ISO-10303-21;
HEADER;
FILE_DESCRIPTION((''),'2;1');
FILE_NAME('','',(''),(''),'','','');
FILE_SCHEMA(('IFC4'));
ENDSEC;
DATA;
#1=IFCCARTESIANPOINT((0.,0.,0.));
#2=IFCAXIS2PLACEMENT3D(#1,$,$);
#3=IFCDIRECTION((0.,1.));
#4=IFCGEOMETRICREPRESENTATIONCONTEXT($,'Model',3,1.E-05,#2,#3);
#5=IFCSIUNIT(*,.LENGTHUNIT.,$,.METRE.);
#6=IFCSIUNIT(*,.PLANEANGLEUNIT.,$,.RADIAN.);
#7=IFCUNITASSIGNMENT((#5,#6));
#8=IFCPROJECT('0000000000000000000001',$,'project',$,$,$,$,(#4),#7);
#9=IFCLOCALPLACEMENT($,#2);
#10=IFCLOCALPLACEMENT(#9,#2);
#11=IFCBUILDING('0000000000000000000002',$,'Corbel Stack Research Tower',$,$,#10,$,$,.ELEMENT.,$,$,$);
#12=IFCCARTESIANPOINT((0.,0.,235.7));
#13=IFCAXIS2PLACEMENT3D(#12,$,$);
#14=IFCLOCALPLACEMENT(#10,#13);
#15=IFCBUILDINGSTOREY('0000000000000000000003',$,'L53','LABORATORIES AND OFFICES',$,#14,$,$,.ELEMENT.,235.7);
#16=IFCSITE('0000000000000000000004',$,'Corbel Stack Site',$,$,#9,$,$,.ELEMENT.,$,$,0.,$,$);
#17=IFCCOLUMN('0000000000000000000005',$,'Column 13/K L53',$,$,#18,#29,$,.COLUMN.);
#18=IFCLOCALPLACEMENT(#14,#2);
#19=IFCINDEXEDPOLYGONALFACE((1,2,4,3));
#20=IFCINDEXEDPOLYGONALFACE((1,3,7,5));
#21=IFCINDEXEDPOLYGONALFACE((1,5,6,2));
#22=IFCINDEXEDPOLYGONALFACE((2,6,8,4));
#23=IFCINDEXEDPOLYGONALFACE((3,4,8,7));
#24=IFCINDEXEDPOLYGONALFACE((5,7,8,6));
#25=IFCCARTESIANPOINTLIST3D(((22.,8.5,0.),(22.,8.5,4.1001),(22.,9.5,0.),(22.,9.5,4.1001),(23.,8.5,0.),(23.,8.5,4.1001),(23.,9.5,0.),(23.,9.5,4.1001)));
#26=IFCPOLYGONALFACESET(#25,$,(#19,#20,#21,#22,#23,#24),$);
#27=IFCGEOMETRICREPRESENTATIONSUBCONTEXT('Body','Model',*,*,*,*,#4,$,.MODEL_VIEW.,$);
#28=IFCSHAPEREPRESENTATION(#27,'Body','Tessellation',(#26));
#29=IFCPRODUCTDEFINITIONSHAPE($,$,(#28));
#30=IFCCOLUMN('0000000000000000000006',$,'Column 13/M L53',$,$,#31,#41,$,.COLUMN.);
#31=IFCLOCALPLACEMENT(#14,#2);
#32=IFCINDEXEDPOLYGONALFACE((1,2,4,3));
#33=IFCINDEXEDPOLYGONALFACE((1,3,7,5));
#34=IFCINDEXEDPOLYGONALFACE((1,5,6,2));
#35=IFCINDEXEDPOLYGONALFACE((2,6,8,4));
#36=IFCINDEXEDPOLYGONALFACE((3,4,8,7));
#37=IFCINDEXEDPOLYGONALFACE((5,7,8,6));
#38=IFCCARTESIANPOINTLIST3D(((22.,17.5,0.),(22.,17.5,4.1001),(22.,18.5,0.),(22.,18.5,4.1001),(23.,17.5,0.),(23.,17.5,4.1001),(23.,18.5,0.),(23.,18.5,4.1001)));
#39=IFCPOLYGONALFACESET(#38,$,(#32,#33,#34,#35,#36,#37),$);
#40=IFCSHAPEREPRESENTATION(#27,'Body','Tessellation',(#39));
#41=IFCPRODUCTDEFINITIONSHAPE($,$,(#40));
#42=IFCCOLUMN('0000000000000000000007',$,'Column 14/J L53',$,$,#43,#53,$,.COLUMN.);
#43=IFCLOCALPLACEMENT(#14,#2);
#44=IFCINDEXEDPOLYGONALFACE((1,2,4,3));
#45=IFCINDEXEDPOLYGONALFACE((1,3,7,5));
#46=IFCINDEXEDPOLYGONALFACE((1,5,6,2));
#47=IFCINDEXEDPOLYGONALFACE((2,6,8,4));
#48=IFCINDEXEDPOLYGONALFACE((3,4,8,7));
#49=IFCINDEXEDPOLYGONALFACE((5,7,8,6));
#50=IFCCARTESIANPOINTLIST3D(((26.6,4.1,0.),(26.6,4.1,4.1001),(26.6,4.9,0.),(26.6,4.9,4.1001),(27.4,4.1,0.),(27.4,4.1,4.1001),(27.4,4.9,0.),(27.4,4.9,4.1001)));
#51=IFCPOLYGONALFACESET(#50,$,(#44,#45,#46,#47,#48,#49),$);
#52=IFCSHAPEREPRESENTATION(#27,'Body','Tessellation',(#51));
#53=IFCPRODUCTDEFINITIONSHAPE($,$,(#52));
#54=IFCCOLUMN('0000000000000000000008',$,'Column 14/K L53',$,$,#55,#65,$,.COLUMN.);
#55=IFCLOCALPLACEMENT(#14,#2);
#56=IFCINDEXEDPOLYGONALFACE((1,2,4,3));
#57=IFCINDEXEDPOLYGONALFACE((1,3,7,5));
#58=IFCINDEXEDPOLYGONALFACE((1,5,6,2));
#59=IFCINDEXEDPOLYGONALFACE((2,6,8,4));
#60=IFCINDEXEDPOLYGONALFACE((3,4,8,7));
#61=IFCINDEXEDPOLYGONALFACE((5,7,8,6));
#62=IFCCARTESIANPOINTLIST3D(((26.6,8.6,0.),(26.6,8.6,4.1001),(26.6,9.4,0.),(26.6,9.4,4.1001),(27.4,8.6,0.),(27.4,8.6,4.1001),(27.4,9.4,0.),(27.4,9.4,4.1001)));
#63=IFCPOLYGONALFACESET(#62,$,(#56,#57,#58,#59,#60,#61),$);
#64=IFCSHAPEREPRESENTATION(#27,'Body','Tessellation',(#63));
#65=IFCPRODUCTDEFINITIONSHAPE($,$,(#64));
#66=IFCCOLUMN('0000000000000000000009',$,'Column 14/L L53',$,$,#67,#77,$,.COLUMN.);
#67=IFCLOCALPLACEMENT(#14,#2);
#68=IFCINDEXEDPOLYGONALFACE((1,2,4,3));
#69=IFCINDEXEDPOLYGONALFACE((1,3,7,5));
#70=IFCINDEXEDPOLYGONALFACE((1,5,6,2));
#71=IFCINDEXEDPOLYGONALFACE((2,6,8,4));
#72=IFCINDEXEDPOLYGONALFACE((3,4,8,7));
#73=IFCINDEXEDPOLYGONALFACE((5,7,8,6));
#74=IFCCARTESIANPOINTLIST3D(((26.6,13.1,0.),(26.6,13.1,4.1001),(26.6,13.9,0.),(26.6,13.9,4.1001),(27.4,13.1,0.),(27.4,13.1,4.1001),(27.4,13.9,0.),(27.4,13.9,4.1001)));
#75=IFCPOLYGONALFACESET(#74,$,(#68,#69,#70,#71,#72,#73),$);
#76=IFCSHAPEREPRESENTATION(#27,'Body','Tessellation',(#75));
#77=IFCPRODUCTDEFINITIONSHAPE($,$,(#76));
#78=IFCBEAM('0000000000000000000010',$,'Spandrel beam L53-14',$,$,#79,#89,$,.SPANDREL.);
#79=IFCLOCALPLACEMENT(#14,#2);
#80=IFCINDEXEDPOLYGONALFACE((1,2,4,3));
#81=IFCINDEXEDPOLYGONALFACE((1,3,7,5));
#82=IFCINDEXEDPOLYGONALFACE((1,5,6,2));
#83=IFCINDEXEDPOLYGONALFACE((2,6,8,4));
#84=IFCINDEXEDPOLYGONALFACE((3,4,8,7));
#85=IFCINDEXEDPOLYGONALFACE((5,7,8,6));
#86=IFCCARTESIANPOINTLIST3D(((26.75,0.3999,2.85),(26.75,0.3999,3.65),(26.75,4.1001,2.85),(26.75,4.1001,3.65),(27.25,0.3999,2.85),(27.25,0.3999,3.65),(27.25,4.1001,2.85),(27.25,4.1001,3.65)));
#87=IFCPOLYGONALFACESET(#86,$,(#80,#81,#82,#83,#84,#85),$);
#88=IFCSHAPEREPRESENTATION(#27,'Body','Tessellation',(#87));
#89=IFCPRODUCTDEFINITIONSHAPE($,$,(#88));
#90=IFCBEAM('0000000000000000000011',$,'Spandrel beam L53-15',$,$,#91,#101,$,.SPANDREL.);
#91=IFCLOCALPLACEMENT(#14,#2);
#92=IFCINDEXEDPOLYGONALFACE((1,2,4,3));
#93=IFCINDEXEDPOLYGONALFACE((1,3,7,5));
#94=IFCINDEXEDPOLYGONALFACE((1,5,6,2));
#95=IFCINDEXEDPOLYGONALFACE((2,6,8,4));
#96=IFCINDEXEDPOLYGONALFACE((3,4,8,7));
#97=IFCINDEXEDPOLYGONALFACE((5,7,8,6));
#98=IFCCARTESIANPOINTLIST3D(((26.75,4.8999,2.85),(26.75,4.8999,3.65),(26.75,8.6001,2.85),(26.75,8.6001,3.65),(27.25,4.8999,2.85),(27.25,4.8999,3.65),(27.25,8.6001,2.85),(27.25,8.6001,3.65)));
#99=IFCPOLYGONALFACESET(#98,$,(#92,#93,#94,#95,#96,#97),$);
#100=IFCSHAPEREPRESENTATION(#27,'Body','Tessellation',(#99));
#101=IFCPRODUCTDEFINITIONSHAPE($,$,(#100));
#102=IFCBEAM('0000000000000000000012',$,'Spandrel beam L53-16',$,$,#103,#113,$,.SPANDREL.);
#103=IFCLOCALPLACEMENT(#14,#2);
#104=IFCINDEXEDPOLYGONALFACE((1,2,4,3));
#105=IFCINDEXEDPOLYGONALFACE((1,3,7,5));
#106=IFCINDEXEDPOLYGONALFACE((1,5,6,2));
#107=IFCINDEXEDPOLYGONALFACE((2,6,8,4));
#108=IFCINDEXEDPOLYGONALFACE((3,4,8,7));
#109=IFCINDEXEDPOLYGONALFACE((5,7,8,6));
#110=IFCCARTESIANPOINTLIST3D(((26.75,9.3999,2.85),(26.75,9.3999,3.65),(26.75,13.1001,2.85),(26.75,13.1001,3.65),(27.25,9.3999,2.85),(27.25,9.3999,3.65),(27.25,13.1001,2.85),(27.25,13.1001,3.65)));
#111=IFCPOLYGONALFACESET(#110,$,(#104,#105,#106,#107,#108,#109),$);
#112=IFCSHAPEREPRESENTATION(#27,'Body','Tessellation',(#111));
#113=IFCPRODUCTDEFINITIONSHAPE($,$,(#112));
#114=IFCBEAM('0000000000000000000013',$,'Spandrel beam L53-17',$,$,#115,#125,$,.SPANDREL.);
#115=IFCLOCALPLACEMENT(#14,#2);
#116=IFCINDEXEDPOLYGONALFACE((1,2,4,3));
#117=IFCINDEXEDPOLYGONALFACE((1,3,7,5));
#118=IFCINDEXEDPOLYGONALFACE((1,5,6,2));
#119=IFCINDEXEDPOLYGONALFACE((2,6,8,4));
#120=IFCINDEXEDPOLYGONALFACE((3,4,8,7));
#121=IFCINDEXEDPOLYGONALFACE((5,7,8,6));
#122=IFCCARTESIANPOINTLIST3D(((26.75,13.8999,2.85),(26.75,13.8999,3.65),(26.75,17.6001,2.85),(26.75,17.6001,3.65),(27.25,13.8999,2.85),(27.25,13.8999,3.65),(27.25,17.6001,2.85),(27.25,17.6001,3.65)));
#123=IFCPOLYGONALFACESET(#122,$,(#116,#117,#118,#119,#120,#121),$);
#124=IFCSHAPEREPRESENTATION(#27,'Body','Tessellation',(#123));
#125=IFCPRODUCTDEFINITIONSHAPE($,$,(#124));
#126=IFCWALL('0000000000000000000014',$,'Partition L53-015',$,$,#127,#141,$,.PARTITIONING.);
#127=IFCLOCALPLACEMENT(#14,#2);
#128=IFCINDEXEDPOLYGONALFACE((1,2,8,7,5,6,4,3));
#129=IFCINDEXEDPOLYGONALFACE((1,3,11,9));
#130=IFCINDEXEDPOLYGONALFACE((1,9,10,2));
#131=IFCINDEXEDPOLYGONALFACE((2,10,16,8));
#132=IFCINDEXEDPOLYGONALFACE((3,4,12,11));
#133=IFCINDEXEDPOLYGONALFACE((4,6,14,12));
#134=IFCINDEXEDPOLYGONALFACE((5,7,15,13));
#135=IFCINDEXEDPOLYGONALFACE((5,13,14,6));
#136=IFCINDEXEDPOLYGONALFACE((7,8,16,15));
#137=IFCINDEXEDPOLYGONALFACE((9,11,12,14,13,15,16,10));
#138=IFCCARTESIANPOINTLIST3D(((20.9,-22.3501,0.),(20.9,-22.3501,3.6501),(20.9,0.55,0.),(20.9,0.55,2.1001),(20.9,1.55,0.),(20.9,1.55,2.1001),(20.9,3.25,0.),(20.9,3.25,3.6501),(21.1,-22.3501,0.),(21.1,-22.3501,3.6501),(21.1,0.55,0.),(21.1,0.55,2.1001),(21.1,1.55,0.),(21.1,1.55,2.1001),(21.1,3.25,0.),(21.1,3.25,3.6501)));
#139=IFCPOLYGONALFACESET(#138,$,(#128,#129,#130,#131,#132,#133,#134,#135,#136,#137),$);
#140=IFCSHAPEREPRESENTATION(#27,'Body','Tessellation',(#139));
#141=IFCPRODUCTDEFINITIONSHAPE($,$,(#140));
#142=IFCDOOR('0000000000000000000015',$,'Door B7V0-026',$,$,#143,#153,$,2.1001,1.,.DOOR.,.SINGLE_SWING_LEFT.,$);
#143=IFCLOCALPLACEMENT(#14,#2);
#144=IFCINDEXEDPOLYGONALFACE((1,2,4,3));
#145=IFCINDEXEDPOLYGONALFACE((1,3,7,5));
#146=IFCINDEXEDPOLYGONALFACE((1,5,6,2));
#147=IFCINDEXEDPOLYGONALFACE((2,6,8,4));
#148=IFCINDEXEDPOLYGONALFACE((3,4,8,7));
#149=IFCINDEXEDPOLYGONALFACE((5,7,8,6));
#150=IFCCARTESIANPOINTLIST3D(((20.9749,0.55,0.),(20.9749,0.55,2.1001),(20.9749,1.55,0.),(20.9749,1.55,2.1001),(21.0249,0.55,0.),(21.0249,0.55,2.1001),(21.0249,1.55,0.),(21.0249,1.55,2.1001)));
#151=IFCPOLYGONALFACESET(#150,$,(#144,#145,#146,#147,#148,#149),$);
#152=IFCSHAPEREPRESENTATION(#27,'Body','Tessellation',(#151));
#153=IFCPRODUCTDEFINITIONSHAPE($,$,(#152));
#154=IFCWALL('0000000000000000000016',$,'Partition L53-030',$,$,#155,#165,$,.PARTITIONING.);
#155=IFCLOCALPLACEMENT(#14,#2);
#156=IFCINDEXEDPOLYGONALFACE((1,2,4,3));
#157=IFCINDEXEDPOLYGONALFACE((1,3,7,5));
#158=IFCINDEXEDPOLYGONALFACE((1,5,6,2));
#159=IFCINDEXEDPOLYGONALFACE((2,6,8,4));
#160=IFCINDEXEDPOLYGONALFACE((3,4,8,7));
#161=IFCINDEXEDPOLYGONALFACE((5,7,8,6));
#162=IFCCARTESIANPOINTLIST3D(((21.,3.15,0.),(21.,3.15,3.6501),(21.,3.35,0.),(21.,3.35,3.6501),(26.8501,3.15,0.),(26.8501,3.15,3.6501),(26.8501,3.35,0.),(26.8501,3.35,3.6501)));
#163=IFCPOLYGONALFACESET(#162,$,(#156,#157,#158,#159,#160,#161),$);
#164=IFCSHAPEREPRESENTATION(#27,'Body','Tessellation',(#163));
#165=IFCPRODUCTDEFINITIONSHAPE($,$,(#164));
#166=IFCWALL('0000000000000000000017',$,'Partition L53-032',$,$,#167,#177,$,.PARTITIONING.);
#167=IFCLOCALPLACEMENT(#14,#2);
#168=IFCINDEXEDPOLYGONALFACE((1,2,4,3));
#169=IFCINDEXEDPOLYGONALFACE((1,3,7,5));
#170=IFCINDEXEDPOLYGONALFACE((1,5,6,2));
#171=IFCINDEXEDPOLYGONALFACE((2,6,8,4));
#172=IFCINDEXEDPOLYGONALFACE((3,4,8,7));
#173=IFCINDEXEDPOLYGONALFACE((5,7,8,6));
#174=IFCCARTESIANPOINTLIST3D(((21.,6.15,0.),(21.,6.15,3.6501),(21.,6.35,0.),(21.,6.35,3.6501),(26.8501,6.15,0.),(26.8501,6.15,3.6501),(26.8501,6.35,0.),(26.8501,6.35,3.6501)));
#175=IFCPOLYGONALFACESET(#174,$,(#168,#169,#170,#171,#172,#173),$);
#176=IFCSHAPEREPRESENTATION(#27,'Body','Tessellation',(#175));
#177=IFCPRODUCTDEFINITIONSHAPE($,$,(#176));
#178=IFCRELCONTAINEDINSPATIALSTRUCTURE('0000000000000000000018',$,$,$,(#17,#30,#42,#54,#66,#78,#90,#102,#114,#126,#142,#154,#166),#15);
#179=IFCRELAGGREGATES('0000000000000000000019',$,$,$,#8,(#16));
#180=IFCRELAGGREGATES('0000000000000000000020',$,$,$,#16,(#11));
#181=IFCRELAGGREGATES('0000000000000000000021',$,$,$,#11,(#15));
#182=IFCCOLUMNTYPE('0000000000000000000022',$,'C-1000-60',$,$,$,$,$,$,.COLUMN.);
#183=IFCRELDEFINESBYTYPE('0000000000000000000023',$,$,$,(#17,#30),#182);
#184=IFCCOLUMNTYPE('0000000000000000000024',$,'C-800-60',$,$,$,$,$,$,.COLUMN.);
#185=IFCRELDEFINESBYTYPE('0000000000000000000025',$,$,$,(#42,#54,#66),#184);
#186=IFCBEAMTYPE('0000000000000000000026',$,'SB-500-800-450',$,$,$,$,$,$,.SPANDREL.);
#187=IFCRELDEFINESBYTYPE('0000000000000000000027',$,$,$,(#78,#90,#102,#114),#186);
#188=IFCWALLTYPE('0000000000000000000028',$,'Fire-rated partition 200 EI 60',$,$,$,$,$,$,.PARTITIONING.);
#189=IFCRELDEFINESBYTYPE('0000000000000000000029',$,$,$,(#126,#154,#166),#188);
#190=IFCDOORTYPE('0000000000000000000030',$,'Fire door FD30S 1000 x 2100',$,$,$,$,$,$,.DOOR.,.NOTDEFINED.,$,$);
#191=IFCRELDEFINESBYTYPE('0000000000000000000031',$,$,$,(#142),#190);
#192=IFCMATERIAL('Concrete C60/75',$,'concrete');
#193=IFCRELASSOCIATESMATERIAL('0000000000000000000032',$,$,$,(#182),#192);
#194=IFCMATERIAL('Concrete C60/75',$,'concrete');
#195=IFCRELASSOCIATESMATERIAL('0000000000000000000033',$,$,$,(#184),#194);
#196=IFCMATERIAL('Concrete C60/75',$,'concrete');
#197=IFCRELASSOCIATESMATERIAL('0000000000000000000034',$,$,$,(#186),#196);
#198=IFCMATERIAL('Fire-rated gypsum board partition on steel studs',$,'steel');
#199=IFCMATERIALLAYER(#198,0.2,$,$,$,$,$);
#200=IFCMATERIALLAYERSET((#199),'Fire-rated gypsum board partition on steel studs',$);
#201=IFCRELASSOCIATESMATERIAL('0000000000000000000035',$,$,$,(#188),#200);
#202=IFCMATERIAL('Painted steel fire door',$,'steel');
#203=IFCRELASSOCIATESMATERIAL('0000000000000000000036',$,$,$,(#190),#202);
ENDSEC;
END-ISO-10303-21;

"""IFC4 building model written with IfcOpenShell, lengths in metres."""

from ifc_helpers import new_model, si_unit, direction, frame, frame_2d, origin, origin_2d, place, context, subcontext, project, spatial, rectangle, extrude, material, layer, layer_set, material_profile, profile_set, type_object, element, fill, save


model = new_model("IFC4")

# Units and contexts
model_context = context("Model", 3, precision=1e-05, world=origin(), true_north=direction((0.0, 1.0)))
body_context = subcontext(model_context, "Body", "Model", "MODEL_VIEW")
ifc_project = project(units=[si_unit("LENGTHUNIT", "METRE"), si_unit("PLANEANGLEUNIT", "RADIAN")], contexts=[model_context])

# Site, building, storey
site_placement = place(None, origin())
site = spatial("IfcSite", under=ifc_project, at=site_placement, Name="Corbel Stack Site", CompositionType="ELEMENT", RefElevation=0.0)
building_placement = place(site_placement, origin())
building = spatial("IfcBuilding", under=site, at=building_placement, Name="Corbel Stack Research Tower", CompositionType="ELEMENT")
storey_placement = place(building_placement, frame((0.0, 0.0, 235.7)))
storey = spatial("IfcBuildingStorey", under=building, at=storey_placement, Name="L53", Description="LABORATORIES AND OFFICES", CompositionType="ELEMENT", Elevation=235.7)

# Columns
ifc_material_1 = material(Name="Concrete C60/75", Category="concrete")
ifc_material_profile_1 = material_profile(ifc_material_1, rectangle(XDim=1.0, YDim=1.0, at=origin_2d()), Name="RC 1000 x 1000")
ifc_profile_set_1 = profile_set([ifc_material_profile_1], Name="Concrete C60/75")
column_type_1 = type_object("IfcColumnType", Name="C-1000-60", PredefinedType="COLUMN", material=ifc_profile_set_1)
for number, where, z_axis, x_axis, name in (
    (1, (22.5, 9.0, 0.0), (0.0, 0.0, 1.0), (1.0, 0.0, 0.0), "Column 13/K L53"),
    (2, (22.5, 18.0, 0.0), (0.0, 0.0, 1.0), (1.0, 0.0, 0.0), "Column 13/M L53"),
):
    element("IfcColumn", number, at=place(storey_placement, frame(where, z_axis=z_axis, x_axis=x_axis)), inside=storey, type_object=column_type_1, Name=name, PredefinedType="COLUMN", context=body_context, shape_type="SweptSolid", body=[
        extrude(rectangle(XDim=1.0, YDim=1.0, at=origin_2d()), origin(), (0.0, 0.0, 1.0), 4.1001),
    ])
ifc_material_2 = material(Name="Concrete C60/75", Category="concrete")
ifc_material_profile_2 = material_profile(ifc_material_2, rectangle(XDim=0.8, YDim=0.8, at=origin_2d()), Name="RC 800 x 800")
ifc_profile_set_2 = profile_set([ifc_material_profile_2], Name="Concrete C60/75")
column_type_2 = type_object("IfcColumnType", Name="C-800-60", PredefinedType="COLUMN", material=ifc_profile_set_2)
for number, where, z_axis, x_axis, name in (
    (3, (27.0, 4.5, 0.0), (0.0, 0.0, 1.0), (1.0, 0.0, 0.0), "Column 14/J L53"),
    (4, (27.0, 9.0, 0.0), (0.0, 0.0, 1.0), (1.0, 0.0, 0.0), "Column 14/K L53"),
    (5, (27.0, 13.5, 0.0), (0.0, 0.0, 1.0), (1.0, 0.0, 0.0), "Column 14/L L53"),
):
    element("IfcColumn", number, at=place(storey_placement, frame(where, z_axis=z_axis, x_axis=x_axis)), inside=storey, type_object=column_type_2, Name=name, PredefinedType="COLUMN", context=body_context, shape_type="SweptSolid", body=[
        extrude(rectangle(XDim=0.8, YDim=0.8, at=origin_2d()), origin(), (0.0, 0.0, 1.0), 4.1001),
    ])

# Beams
ifc_material_3 = material(Name="Concrete C60/75", Category="concrete")
ifc_material_profile_3 = material_profile(ifc_material_3, rectangle(XDim=0.5, YDim=0.8, at=origin_2d()), Name="RC 500 x 800")
ifc_profile_set_3 = profile_set([ifc_material_profile_3], Name="Concrete C60/75")
beam_type = type_object("IfcBeamType", Name="SB-500-800-450", PredefinedType="SPANDREL", material=ifc_profile_set_3)
for number, where, z_axis, x_axis, name in (
    (6, (27.0, 0.3999, 3.25), (0.0, 1.0, 0.0), (-1.0, 0.0, 0.0), "Spandrel beam L53-14"),
    (7, (27.0, 4.8999, 3.25), (0.0, 1.0, 0.0), (-1.0, 0.0, 0.0), "Spandrel beam L53-15"),
    (8, (27.0, 9.3999, 3.25), (0.0, 1.0, 0.0), (-1.0, 0.0, 0.0), "Spandrel beam L53-16"),
    (9, (27.0, 13.8999, 3.25), (0.0, 1.0, 0.0), (-1.0, 0.0, 0.0), "Spandrel beam L53-17"),
):
    element("IfcBeam", number, at=place(storey_placement, frame(where, z_axis=z_axis, x_axis=x_axis)), inside=storey, type_object=beam_type, Name=name, PredefinedType="SPANDREL", context=body_context, shape_type="SweptSolid", body=[
        extrude(rectangle(XDim=0.5, YDim=0.8, at=origin_2d()), origin(), (0.0, 0.0, 1.0), 3.7002),
    ])

# Wall, opening, door
ifc_material_4 = material(Name="Fire-rated gypsum board partition on steel studs", Category="steel")
ifc_layer_1 = layer(ifc_material_4, 0.2)
ifc_layer_set_1 = layer_set([ifc_layer_1], Name="Fire-rated gypsum board partition on steel studs")
wall_type_1 = type_object("IfcWallType", Name="Fire-rated partition 200 EI 60", PredefinedType="PARTITIONING", material=ifc_layer_set_1)
wall_1_placement = place(storey_placement, frame((21.0, 3.25, 0.0), z_axis=(0.0, 0.0, 1.0), x_axis=(0.0, -1.0, 0.0)))
wall_1 = element("IfcWall", 10, at=wall_1_placement, inside=storey, type_object=wall_type_1, Name="Partition L53-015", PredefinedType="PARTITIONING", context=body_context, shape_type="SweptSolid", body=[
    extrude(rectangle(XDim=25.6001, YDim=0.2, at=frame_2d((12.8, 0.0))), origin(), (0.0, 0.0, 1.0), 3.6501),
])
opening_1_placement = place(wall_1_placement, frame((1.7, 0.0, 0.0)))
opening_1 = element("IfcOpeningElement", 11, at=opening_1_placement, cuts=wall_1, PredefinedType="OPENING", context=body_context, shape_type="SweptSolid", body=[
    extrude(rectangle(XDim=1.0, YDim=2.1001, at=frame_2d((0.5, 1.05))), frame((0.0, 0.1099, 0.0), z_axis=(0.0, -1.0, 0.0), x_axis=(1.0, 0.0, 0.0)), (0.0, 0.0, 1.0), 0.22),
])
ifc_material_5 = material(Name="Painted steel fire door", Category="steel")
door_type_1 = type_object("IfcDoorType", Name="Fire door FD30S 1000 x 2100", OperationType="NOTDEFINED", PredefinedType="DOOR", material=ifc_material_5)
door_1_placement = place(opening_1_placement, origin())
door_1 = element("IfcDoor", 12, at=door_1_placement, inside=storey, type_object=door_type_1, Name="Door B7V0-026", OperationType="SINGLE_SWING_LEFT", OverallHeight=2.1001, OverallWidth=1.0, PredefinedType="DOOR", context=body_context, shape_type="SweptSolid", body=[
    extrude(rectangle(XDim=1.0, YDim=2.1001, at=frame_2d((0.5, 1.05))), frame((0.0, 0.0249, 0.0), z_axis=(0.0, -1.0, 0.0), x_axis=(1.0, 0.0, 0.0)), (0.0, 0.0, 1.0), 0.05),
])
fill(opening_1, door_1)

# Walls
for number, where, z_axis, x_axis, name in (
    (13, (21.0, 3.25, 0.0), (0.0, 0.0, 1.0), (1.0, 0.0, 0.0), "Partition L53-030"),
    (14, (21.0, 6.25, 0.0), (0.0, 0.0, 1.0), (1.0, 0.0, 0.0), "Partition L53-032"),
):
    element("IfcWall", number, at=place(storey_placement, frame(where, z_axis=z_axis, x_axis=x_axis)), inside=storey, type_object=wall_type_1, Name=name, PredefinedType="PARTITIONING", context=body_context, shape_type="SweptSolid", body=[
        extrude(rectangle(XDim=5.8501, YDim=0.2, at=frame_2d((2.925, 0.0))), origin(), (0.0, 0.0, 1.0), 3.6501),
    ])

save(model, "model.ifc")
